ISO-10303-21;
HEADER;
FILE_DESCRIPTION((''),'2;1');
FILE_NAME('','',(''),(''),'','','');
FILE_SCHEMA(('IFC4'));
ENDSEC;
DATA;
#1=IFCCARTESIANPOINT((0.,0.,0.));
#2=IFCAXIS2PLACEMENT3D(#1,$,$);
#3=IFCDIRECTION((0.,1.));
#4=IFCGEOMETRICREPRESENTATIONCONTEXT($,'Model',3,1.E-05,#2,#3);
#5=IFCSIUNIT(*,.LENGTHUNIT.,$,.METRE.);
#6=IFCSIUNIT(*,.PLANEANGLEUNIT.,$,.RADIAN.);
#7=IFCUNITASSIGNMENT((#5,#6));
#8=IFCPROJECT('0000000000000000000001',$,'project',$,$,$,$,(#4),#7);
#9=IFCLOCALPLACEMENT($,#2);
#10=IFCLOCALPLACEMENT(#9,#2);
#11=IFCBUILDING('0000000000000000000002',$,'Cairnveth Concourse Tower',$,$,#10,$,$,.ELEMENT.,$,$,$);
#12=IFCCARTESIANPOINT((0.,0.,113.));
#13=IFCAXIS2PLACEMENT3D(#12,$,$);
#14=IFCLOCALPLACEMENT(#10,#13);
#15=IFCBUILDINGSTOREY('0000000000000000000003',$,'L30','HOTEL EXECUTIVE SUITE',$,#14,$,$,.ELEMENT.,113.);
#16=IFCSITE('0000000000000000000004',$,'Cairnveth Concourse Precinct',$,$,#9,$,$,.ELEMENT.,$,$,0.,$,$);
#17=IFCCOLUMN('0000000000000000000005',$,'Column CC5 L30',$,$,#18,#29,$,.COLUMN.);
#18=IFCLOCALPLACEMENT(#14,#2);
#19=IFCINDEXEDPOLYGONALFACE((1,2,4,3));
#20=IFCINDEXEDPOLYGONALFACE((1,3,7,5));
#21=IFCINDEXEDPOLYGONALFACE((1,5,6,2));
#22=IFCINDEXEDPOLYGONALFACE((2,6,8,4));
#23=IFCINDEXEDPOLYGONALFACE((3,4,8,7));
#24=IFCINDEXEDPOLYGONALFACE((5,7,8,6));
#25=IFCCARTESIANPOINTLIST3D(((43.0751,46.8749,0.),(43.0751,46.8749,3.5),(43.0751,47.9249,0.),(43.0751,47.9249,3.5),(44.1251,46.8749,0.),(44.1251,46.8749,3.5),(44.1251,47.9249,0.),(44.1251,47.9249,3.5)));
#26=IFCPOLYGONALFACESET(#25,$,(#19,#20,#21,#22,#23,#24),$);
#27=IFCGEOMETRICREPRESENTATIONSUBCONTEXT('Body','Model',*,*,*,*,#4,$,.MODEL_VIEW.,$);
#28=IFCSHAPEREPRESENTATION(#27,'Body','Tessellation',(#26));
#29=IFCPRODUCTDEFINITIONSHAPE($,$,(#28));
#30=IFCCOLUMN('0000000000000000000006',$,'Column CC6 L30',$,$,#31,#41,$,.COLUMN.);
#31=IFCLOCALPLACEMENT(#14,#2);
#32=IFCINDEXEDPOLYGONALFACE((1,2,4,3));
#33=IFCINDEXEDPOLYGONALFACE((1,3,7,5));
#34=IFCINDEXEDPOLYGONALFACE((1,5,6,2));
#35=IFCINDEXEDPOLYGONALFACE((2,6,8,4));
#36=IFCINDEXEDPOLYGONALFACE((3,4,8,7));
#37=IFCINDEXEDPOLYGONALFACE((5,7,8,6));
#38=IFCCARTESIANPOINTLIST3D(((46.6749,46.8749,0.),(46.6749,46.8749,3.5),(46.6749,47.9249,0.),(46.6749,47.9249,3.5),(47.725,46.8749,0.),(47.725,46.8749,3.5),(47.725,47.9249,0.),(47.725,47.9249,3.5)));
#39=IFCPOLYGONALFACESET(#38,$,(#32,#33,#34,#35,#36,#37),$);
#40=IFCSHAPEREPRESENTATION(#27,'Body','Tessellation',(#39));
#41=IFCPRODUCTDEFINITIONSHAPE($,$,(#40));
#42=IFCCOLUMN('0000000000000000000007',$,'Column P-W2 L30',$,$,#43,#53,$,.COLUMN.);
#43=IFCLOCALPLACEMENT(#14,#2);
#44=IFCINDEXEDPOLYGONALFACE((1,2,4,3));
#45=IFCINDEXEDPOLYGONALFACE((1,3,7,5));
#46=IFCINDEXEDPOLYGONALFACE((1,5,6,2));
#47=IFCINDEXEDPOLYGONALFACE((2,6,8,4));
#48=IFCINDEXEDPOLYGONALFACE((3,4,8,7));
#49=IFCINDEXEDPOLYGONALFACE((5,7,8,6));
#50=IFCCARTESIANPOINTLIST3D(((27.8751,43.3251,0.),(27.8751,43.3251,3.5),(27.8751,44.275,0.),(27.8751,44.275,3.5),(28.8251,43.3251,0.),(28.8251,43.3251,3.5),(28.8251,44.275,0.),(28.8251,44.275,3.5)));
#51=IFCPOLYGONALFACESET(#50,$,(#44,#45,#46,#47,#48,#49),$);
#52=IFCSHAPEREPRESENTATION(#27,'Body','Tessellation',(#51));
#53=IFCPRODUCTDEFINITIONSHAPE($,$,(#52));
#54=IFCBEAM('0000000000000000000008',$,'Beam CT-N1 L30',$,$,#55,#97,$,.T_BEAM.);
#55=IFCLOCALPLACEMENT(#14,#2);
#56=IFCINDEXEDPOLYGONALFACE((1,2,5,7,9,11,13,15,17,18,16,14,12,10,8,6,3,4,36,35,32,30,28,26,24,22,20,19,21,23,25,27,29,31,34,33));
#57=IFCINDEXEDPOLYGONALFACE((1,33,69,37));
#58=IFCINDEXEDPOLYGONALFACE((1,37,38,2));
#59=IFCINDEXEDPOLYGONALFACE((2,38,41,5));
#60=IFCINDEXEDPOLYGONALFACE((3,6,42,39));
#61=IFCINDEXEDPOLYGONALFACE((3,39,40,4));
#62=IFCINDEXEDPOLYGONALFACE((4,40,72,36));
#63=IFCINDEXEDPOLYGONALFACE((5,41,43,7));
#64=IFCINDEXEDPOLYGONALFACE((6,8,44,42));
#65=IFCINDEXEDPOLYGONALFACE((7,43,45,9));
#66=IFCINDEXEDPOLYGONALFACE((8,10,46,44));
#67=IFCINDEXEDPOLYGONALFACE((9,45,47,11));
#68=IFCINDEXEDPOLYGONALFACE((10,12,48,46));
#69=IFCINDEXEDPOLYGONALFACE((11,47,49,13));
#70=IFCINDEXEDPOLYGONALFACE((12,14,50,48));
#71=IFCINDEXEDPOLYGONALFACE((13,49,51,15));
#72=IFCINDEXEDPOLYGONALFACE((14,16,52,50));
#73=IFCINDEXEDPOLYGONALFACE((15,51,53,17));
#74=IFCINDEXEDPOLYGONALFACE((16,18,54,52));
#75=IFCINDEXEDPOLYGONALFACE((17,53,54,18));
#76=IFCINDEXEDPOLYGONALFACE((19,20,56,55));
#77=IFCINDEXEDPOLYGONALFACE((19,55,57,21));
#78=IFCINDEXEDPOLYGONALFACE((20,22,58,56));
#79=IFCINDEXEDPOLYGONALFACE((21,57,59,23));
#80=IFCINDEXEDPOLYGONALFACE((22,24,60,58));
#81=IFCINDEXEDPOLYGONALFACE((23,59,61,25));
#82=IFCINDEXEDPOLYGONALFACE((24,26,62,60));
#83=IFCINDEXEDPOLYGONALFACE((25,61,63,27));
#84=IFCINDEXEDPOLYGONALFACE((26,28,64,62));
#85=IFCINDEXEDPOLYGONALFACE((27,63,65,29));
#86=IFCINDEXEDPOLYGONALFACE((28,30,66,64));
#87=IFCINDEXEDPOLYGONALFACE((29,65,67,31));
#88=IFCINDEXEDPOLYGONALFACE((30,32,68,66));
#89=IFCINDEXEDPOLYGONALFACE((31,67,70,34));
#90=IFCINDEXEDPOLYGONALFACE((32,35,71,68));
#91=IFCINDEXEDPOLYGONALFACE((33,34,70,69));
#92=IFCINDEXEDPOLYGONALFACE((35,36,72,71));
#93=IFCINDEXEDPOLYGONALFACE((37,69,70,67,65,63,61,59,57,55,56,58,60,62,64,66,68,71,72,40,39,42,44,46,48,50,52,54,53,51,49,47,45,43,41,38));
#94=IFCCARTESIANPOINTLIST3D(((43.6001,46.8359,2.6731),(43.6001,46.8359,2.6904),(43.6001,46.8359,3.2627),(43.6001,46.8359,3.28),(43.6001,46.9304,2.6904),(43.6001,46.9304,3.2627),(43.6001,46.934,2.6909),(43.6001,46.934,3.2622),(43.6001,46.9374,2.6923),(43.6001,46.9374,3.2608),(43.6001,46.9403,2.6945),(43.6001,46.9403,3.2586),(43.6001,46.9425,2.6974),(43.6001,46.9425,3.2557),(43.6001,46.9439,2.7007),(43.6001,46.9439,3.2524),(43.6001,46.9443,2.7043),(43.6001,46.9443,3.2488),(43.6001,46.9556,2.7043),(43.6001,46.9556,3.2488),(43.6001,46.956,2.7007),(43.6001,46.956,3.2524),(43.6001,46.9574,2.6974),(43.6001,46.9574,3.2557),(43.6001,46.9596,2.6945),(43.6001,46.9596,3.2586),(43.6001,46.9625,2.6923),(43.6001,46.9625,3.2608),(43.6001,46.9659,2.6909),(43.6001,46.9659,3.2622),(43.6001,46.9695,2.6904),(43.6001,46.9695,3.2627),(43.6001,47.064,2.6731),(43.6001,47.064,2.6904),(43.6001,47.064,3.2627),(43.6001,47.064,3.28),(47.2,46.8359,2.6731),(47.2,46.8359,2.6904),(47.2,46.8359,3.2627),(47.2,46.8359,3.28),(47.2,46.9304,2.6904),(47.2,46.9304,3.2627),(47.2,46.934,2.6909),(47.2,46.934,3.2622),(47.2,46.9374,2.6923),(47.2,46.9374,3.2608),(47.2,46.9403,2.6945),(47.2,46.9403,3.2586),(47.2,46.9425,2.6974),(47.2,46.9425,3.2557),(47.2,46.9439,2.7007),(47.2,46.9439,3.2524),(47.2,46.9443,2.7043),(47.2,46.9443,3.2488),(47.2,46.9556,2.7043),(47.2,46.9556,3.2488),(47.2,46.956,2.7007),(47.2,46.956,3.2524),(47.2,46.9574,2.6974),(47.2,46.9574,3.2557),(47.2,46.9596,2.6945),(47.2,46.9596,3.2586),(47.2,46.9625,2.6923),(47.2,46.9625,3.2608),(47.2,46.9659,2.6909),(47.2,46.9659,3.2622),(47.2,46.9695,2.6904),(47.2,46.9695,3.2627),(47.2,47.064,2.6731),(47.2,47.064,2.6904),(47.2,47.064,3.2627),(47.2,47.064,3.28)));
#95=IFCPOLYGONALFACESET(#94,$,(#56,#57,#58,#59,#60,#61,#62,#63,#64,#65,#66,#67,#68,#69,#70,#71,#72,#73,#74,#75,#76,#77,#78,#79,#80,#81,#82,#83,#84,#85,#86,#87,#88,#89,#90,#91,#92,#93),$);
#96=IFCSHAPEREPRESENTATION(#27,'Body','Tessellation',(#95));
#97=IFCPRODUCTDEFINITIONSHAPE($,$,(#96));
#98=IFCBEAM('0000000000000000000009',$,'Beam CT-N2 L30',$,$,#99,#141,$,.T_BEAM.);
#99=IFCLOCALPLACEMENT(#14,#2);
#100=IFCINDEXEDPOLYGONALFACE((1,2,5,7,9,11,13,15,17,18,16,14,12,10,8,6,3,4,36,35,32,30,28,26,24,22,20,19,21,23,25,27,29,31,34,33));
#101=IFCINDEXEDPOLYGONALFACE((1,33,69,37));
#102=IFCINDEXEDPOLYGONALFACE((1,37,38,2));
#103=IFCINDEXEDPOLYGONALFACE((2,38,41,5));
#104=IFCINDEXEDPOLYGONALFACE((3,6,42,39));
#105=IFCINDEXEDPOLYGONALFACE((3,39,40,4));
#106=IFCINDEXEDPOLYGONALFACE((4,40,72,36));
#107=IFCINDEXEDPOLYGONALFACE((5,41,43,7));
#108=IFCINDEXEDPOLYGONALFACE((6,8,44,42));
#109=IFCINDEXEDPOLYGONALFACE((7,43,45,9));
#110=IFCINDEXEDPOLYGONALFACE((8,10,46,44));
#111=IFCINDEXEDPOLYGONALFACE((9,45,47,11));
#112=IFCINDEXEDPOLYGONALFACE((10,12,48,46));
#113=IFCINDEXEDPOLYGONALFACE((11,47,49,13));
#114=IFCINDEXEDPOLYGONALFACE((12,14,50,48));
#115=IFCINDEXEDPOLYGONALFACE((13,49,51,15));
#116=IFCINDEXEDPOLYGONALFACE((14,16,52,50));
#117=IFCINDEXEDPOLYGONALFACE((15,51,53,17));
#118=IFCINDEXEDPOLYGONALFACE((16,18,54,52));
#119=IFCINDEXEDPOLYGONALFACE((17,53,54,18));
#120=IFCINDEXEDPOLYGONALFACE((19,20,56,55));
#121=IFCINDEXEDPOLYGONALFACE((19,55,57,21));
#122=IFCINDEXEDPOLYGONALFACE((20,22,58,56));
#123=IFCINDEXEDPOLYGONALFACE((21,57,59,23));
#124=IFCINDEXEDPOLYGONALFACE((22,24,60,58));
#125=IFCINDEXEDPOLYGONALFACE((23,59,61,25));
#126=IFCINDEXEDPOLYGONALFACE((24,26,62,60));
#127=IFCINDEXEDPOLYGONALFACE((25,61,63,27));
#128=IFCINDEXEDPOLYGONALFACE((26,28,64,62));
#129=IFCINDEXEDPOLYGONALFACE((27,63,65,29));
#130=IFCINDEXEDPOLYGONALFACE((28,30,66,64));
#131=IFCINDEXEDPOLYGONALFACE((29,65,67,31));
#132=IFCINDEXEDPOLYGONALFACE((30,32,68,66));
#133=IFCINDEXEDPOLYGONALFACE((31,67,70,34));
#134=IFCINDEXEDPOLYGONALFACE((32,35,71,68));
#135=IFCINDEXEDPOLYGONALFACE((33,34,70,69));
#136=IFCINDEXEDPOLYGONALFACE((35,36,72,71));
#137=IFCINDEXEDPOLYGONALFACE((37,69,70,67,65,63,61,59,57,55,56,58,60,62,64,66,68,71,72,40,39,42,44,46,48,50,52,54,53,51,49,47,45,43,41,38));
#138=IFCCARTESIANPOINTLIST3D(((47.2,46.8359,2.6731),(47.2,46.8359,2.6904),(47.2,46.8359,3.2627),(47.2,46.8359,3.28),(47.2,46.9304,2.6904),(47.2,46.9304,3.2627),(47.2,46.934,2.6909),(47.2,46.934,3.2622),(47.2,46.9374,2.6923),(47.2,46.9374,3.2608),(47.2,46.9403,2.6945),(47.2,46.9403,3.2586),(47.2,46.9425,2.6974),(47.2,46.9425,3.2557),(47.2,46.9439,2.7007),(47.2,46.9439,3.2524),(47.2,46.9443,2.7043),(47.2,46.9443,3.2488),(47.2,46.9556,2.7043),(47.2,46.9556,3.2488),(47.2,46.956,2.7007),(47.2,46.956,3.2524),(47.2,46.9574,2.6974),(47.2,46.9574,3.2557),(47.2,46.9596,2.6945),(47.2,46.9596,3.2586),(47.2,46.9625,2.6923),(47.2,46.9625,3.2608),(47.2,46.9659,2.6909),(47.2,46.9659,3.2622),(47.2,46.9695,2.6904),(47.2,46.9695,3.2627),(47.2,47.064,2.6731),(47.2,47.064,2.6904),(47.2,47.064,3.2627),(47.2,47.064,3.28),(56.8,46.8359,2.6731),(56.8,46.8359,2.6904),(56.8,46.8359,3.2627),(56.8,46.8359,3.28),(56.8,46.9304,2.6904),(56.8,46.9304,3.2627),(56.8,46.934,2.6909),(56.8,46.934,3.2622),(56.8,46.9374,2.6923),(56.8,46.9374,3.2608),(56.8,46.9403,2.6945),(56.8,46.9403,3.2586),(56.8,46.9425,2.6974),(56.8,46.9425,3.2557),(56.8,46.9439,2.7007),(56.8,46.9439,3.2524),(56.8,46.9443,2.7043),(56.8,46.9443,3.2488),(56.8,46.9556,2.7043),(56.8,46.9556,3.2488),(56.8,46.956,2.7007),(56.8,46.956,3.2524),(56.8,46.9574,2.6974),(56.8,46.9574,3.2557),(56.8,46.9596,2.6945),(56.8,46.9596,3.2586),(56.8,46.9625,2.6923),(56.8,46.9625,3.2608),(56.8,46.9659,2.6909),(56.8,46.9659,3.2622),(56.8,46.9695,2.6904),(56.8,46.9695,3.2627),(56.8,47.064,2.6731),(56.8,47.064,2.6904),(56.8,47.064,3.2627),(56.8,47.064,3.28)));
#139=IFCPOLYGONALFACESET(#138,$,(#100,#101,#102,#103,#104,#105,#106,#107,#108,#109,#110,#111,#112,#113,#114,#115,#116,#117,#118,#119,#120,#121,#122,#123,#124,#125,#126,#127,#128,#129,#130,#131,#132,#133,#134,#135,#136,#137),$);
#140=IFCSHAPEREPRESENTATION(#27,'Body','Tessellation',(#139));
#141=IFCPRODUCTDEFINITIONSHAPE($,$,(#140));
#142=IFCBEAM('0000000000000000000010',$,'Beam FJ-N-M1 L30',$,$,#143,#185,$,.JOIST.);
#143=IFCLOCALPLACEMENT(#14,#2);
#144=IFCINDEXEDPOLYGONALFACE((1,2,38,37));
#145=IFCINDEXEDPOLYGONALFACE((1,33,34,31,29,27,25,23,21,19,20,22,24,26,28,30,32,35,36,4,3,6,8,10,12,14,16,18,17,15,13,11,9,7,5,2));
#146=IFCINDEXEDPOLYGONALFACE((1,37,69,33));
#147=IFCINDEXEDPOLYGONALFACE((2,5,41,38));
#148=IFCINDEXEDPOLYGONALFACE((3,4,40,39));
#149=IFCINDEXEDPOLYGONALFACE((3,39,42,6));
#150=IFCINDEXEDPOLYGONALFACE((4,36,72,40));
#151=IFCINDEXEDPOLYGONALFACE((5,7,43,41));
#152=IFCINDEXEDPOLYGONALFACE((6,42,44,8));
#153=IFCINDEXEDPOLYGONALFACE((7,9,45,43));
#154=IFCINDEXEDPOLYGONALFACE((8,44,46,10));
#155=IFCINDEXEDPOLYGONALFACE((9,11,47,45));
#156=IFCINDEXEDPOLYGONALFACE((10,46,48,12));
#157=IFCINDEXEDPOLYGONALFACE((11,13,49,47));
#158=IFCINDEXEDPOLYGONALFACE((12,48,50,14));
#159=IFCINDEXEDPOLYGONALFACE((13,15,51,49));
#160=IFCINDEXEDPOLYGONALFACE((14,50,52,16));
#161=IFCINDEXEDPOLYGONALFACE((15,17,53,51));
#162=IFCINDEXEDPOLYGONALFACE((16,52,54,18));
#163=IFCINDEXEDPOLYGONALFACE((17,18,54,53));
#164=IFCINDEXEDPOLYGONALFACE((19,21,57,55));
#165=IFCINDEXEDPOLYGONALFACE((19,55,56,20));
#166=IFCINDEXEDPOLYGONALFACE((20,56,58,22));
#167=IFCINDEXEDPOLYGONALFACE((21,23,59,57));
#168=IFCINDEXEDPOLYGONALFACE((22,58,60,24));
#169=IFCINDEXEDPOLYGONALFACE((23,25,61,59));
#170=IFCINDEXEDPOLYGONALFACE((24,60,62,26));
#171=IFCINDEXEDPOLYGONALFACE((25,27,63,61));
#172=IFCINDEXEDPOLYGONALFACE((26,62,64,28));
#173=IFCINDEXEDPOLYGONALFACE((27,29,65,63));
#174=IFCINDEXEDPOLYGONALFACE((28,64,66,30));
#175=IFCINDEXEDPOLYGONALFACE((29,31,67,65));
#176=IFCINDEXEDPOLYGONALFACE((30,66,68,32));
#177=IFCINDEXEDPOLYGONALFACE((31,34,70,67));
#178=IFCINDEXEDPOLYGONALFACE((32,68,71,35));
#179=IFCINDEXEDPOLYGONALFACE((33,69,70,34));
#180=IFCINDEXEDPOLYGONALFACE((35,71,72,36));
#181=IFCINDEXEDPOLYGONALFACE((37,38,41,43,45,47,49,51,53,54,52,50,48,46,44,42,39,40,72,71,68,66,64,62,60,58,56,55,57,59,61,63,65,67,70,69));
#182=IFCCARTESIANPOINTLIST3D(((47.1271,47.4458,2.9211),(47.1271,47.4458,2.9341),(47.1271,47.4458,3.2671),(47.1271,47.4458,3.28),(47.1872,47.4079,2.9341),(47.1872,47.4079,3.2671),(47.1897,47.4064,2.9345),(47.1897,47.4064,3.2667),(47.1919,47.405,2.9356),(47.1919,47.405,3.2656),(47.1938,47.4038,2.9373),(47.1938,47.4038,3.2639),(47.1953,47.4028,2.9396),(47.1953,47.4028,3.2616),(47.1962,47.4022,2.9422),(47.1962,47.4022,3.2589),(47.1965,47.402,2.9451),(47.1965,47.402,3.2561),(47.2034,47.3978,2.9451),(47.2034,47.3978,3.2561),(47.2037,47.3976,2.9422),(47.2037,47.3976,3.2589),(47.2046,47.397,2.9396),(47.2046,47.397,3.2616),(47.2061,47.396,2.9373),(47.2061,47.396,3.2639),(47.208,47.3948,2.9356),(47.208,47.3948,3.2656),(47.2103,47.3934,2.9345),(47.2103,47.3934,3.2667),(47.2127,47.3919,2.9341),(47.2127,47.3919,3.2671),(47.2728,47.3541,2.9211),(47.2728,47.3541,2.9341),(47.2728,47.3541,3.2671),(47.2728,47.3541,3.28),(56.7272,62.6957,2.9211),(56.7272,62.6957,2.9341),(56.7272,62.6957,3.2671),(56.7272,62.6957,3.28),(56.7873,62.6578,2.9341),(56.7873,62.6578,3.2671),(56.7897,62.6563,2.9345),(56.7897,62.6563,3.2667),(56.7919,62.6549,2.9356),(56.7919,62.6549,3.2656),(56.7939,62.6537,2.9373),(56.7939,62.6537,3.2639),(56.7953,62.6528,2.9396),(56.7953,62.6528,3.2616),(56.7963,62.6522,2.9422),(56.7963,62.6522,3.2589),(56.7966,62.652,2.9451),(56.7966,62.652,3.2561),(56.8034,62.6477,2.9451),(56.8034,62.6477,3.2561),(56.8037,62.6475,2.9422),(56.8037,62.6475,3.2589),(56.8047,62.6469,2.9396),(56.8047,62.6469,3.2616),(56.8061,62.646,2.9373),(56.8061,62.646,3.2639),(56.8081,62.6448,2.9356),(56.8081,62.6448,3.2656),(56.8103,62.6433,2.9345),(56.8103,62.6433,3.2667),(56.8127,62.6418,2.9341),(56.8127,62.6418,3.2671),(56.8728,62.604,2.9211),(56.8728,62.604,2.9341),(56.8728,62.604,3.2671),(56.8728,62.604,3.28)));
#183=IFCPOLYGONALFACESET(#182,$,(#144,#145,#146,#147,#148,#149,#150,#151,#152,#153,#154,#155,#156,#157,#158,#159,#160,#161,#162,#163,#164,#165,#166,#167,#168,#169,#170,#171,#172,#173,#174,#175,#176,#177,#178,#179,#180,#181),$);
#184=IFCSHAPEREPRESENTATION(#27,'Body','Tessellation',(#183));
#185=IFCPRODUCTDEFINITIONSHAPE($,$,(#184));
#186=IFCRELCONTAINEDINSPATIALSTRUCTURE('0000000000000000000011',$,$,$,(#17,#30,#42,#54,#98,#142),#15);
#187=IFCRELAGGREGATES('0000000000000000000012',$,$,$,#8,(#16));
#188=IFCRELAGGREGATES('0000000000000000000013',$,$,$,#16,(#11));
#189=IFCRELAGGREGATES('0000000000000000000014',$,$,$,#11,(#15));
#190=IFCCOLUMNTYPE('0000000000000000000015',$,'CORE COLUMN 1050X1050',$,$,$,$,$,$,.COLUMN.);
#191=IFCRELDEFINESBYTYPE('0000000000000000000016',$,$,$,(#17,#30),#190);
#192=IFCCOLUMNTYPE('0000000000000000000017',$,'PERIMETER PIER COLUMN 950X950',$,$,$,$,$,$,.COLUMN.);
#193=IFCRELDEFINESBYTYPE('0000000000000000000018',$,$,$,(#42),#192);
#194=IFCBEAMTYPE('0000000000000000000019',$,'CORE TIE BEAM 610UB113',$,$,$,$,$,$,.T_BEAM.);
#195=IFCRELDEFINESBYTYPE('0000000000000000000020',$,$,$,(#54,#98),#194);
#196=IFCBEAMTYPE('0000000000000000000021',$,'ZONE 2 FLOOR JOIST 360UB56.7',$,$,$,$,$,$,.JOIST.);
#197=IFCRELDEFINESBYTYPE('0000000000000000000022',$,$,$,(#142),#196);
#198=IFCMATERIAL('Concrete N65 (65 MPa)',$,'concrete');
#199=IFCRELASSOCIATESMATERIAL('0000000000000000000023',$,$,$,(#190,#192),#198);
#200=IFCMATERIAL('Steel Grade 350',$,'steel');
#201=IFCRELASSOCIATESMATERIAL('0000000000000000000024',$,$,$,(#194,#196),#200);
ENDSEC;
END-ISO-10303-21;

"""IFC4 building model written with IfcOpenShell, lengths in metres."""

from ifc_helpers import new_model, si_unit, direction, frame, origin, origin_2d, place, context, subcontext, project, spatial, rectangle, i_section, extrude, material, material_profile, profile_set, type_object, element, save


model = new_model("IFC4")

# Units and contexts
model_context = context("Model", 3, precision=1e-05, world=origin(), true_north=direction((0.0, 1.0)))
body_context = subcontext(model_context, "Body", "Model", "MODEL_VIEW")
ifc_project = project(units=[si_unit("LENGTHUNIT", "METRE"), si_unit("PLANEANGLEUNIT", "RADIAN")], contexts=[model_context])

# Site, building, storey
site_placement = place(None, origin())
site = spatial("IfcSite", under=ifc_project, at=site_placement, Name="Cairnveth Concourse Precinct", CompositionType="ELEMENT", RefElevation=0.0)
building_placement = place(site_placement, origin())
building = spatial("IfcBuilding", under=site, at=building_placement, Name="Cairnveth Concourse Tower", CompositionType="ELEMENT")
storey_placement = place(building_placement, frame((0.0, 0.0, 113.0)))
storey = spatial("IfcBuildingStorey", under=building, at=storey_placement, Name="L30", Description="HOTEL EXECUTIVE SUITE", CompositionType="ELEMENT", Elevation=113.0)

# Columns
ifc_material_1 = material(Name="Concrete N65 (65 MPa)", Category="concrete")
ifc_material_profile_1 = material_profile(ifc_material_1, rectangle(XDim=1.05, YDim=1.05, at=origin_2d()), Name="RC-COL-1050x1050")
ifc_profile_set_1 = profile_set([ifc_material_profile_1], Name="Concrete N65 (65 MPa)")
column_type_1 = type_object("IfcColumnType", Name="CORE COLUMN 1050X1050", PredefinedType="COLUMN", material=ifc_profile_set_1)
for number, where, z_axis, x_axis, name in (
    (1, (43.6001, 47.3999, 0.0), (0.0, 0.0, 1.0), (1.0, 0.0, 0.0), "Column CC5 L30"),
    (2, (47.2, 47.3999, 0.0), (0.0, 0.0, 1.0), (1.0, 0.0, 0.0), "Column CC6 L30"),
):
    element("IfcColumn", number, at=place(storey_placement, frame(where, z_axis=z_axis, x_axis=x_axis)), inside=storey, type_object=column_type_1, Name=name, PredefinedType="COLUMN", context=body_context, shape_type="SweptSolid", body=[
        extrude(rectangle(XDim=1.05, YDim=1.05, at=origin_2d()), origin(), (0.0, 0.0, 1.0), 3.5),
    ])
ifc_material_profile_2 = material_profile(ifc_material_1, rectangle(XDim=0.95, YDim=0.95, at=origin_2d()), Name="RC-COL-950x950")
ifc_profile_set_2 = profile_set([ifc_material_profile_2], Name="Concrete N65 (65 MPa)")
column_type_2 = type_object("IfcColumnType", Name="PERIMETER PIER COLUMN 950X950", PredefinedType="COLUMN", material=ifc_profile_set_2)
column_placement = place(storey_placement, frame((28.3501, 43.8, 0.0), z_axis=(0.0, 0.0, 1.0), x_axis=(0.0, 1.0, 0.0)))
element("IfcColumn", 3, at=column_placement, inside=storey, type_object=column_type_2, Name="Column P-W2 L30", PredefinedType="COLUMN", context=body_context, shape_type="SweptSolid", body=[
    extrude(rectangle(XDim=0.95, YDim=0.95, at=origin_2d()), origin(), (0.0, 0.0, 1.0), 3.5),
])

# Beams
ifc_material_2 = material(Name="Steel Grade 350", Category="steel")
ifc_material_profile_3 = material_profile(ifc_material_2, i_section(OverallWidth=0.228, OverallDepth=0.6069, WebThickness=0.0112, FlangeThickness=0.0173, FilletRadius=0.0139, at=origin_2d()), Name="610UB113")
ifc_profile_set_3 = profile_set([ifc_material_profile_3], Name="Steel Grade 350")
beam_type_1 = type_object("IfcBeamType", Name="CORE TIE BEAM 610UB113", PredefinedType="T_BEAM", material=ifc_profile_set_3)
beam_1_placement = place(storey_placement, frame((43.6001, 46.95, 2.9766), z_axis=(1.0, 0.0, 0.0), x_axis=(0.0, 1.0, 0.0)))
element("IfcBeam", 4, at=beam_1_placement, inside=storey, type_object=beam_type_1, Name="Beam CT-N1 L30", PredefinedType="T_BEAM", context=body_context, shape_type="SweptSolid", body=[
    extrude(i_section(OverallWidth=0.228, OverallDepth=0.6069, WebThickness=0.0112, FlangeThickness=0.0173, FilletRadius=0.0139, at=origin_2d()), origin(), (0.0, 0.0, 1.0), 3.5999),
])
beam_2_placement = place(storey_placement, frame((47.2, 46.95, 2.9766), z_axis=(1.0, 0.0, 0.0), x_axis=(0.0, 1.0, 0.0)))
element("IfcBeam", 5, at=beam_2_placement, inside=storey, type_object=beam_type_1, Name="Beam CT-N2 L30", PredefinedType="T_BEAM", context=body_context, shape_type="SweptSolid", body=[
    extrude(i_section(OverallWidth=0.228, OverallDepth=0.6069, WebThickness=0.0112, FlangeThickness=0.0173, FilletRadius=0.0139, at=origin_2d()), origin(), (0.0, 0.0, 1.0), 9.6001),
])
ifc_material_profile_4 = material_profile(ifc_material_2, i_section(OverallWidth=0.1721, OverallDepth=0.3589, WebThickness=0.0081, FlangeThickness=0.0129, FilletRadius=0.011, at=origin_2d()), Name="360UB56.7")
ifc_profile_set_4 = profile_set([ifc_material_profile_4], Name="Steel Grade 350")
beam_type_2 = type_object("IfcBeamType", Name="ZONE 2 FLOOR JOIST 360UB56.7", PredefinedType="JOIST", material=ifc_profile_set_4)
beam_3_placement = place(storey_placement, frame((47.2, 47.3999, 3.1006), z_axis=(0.532744, 0.846277, 0.0), x_axis=(-0.846277, 0.532744, 0.0)))
element("IfcBeam", 6, at=beam_3_placement, inside=storey, type_object=beam_type_2, Name="Beam FJ-N-M1 L30", PredefinedType="JOIST", context=body_context, shape_type="SweptSolid", body=[
    extrude(i_section(OverallWidth=0.1721, OverallDepth=0.3589, WebThickness=0.0081, FlangeThickness=0.0129, FilletRadius=0.011, at=origin_2d()), origin(), (0.0, 0.0, 1.0), 18.02),
])

save(model, "model.ifc")
